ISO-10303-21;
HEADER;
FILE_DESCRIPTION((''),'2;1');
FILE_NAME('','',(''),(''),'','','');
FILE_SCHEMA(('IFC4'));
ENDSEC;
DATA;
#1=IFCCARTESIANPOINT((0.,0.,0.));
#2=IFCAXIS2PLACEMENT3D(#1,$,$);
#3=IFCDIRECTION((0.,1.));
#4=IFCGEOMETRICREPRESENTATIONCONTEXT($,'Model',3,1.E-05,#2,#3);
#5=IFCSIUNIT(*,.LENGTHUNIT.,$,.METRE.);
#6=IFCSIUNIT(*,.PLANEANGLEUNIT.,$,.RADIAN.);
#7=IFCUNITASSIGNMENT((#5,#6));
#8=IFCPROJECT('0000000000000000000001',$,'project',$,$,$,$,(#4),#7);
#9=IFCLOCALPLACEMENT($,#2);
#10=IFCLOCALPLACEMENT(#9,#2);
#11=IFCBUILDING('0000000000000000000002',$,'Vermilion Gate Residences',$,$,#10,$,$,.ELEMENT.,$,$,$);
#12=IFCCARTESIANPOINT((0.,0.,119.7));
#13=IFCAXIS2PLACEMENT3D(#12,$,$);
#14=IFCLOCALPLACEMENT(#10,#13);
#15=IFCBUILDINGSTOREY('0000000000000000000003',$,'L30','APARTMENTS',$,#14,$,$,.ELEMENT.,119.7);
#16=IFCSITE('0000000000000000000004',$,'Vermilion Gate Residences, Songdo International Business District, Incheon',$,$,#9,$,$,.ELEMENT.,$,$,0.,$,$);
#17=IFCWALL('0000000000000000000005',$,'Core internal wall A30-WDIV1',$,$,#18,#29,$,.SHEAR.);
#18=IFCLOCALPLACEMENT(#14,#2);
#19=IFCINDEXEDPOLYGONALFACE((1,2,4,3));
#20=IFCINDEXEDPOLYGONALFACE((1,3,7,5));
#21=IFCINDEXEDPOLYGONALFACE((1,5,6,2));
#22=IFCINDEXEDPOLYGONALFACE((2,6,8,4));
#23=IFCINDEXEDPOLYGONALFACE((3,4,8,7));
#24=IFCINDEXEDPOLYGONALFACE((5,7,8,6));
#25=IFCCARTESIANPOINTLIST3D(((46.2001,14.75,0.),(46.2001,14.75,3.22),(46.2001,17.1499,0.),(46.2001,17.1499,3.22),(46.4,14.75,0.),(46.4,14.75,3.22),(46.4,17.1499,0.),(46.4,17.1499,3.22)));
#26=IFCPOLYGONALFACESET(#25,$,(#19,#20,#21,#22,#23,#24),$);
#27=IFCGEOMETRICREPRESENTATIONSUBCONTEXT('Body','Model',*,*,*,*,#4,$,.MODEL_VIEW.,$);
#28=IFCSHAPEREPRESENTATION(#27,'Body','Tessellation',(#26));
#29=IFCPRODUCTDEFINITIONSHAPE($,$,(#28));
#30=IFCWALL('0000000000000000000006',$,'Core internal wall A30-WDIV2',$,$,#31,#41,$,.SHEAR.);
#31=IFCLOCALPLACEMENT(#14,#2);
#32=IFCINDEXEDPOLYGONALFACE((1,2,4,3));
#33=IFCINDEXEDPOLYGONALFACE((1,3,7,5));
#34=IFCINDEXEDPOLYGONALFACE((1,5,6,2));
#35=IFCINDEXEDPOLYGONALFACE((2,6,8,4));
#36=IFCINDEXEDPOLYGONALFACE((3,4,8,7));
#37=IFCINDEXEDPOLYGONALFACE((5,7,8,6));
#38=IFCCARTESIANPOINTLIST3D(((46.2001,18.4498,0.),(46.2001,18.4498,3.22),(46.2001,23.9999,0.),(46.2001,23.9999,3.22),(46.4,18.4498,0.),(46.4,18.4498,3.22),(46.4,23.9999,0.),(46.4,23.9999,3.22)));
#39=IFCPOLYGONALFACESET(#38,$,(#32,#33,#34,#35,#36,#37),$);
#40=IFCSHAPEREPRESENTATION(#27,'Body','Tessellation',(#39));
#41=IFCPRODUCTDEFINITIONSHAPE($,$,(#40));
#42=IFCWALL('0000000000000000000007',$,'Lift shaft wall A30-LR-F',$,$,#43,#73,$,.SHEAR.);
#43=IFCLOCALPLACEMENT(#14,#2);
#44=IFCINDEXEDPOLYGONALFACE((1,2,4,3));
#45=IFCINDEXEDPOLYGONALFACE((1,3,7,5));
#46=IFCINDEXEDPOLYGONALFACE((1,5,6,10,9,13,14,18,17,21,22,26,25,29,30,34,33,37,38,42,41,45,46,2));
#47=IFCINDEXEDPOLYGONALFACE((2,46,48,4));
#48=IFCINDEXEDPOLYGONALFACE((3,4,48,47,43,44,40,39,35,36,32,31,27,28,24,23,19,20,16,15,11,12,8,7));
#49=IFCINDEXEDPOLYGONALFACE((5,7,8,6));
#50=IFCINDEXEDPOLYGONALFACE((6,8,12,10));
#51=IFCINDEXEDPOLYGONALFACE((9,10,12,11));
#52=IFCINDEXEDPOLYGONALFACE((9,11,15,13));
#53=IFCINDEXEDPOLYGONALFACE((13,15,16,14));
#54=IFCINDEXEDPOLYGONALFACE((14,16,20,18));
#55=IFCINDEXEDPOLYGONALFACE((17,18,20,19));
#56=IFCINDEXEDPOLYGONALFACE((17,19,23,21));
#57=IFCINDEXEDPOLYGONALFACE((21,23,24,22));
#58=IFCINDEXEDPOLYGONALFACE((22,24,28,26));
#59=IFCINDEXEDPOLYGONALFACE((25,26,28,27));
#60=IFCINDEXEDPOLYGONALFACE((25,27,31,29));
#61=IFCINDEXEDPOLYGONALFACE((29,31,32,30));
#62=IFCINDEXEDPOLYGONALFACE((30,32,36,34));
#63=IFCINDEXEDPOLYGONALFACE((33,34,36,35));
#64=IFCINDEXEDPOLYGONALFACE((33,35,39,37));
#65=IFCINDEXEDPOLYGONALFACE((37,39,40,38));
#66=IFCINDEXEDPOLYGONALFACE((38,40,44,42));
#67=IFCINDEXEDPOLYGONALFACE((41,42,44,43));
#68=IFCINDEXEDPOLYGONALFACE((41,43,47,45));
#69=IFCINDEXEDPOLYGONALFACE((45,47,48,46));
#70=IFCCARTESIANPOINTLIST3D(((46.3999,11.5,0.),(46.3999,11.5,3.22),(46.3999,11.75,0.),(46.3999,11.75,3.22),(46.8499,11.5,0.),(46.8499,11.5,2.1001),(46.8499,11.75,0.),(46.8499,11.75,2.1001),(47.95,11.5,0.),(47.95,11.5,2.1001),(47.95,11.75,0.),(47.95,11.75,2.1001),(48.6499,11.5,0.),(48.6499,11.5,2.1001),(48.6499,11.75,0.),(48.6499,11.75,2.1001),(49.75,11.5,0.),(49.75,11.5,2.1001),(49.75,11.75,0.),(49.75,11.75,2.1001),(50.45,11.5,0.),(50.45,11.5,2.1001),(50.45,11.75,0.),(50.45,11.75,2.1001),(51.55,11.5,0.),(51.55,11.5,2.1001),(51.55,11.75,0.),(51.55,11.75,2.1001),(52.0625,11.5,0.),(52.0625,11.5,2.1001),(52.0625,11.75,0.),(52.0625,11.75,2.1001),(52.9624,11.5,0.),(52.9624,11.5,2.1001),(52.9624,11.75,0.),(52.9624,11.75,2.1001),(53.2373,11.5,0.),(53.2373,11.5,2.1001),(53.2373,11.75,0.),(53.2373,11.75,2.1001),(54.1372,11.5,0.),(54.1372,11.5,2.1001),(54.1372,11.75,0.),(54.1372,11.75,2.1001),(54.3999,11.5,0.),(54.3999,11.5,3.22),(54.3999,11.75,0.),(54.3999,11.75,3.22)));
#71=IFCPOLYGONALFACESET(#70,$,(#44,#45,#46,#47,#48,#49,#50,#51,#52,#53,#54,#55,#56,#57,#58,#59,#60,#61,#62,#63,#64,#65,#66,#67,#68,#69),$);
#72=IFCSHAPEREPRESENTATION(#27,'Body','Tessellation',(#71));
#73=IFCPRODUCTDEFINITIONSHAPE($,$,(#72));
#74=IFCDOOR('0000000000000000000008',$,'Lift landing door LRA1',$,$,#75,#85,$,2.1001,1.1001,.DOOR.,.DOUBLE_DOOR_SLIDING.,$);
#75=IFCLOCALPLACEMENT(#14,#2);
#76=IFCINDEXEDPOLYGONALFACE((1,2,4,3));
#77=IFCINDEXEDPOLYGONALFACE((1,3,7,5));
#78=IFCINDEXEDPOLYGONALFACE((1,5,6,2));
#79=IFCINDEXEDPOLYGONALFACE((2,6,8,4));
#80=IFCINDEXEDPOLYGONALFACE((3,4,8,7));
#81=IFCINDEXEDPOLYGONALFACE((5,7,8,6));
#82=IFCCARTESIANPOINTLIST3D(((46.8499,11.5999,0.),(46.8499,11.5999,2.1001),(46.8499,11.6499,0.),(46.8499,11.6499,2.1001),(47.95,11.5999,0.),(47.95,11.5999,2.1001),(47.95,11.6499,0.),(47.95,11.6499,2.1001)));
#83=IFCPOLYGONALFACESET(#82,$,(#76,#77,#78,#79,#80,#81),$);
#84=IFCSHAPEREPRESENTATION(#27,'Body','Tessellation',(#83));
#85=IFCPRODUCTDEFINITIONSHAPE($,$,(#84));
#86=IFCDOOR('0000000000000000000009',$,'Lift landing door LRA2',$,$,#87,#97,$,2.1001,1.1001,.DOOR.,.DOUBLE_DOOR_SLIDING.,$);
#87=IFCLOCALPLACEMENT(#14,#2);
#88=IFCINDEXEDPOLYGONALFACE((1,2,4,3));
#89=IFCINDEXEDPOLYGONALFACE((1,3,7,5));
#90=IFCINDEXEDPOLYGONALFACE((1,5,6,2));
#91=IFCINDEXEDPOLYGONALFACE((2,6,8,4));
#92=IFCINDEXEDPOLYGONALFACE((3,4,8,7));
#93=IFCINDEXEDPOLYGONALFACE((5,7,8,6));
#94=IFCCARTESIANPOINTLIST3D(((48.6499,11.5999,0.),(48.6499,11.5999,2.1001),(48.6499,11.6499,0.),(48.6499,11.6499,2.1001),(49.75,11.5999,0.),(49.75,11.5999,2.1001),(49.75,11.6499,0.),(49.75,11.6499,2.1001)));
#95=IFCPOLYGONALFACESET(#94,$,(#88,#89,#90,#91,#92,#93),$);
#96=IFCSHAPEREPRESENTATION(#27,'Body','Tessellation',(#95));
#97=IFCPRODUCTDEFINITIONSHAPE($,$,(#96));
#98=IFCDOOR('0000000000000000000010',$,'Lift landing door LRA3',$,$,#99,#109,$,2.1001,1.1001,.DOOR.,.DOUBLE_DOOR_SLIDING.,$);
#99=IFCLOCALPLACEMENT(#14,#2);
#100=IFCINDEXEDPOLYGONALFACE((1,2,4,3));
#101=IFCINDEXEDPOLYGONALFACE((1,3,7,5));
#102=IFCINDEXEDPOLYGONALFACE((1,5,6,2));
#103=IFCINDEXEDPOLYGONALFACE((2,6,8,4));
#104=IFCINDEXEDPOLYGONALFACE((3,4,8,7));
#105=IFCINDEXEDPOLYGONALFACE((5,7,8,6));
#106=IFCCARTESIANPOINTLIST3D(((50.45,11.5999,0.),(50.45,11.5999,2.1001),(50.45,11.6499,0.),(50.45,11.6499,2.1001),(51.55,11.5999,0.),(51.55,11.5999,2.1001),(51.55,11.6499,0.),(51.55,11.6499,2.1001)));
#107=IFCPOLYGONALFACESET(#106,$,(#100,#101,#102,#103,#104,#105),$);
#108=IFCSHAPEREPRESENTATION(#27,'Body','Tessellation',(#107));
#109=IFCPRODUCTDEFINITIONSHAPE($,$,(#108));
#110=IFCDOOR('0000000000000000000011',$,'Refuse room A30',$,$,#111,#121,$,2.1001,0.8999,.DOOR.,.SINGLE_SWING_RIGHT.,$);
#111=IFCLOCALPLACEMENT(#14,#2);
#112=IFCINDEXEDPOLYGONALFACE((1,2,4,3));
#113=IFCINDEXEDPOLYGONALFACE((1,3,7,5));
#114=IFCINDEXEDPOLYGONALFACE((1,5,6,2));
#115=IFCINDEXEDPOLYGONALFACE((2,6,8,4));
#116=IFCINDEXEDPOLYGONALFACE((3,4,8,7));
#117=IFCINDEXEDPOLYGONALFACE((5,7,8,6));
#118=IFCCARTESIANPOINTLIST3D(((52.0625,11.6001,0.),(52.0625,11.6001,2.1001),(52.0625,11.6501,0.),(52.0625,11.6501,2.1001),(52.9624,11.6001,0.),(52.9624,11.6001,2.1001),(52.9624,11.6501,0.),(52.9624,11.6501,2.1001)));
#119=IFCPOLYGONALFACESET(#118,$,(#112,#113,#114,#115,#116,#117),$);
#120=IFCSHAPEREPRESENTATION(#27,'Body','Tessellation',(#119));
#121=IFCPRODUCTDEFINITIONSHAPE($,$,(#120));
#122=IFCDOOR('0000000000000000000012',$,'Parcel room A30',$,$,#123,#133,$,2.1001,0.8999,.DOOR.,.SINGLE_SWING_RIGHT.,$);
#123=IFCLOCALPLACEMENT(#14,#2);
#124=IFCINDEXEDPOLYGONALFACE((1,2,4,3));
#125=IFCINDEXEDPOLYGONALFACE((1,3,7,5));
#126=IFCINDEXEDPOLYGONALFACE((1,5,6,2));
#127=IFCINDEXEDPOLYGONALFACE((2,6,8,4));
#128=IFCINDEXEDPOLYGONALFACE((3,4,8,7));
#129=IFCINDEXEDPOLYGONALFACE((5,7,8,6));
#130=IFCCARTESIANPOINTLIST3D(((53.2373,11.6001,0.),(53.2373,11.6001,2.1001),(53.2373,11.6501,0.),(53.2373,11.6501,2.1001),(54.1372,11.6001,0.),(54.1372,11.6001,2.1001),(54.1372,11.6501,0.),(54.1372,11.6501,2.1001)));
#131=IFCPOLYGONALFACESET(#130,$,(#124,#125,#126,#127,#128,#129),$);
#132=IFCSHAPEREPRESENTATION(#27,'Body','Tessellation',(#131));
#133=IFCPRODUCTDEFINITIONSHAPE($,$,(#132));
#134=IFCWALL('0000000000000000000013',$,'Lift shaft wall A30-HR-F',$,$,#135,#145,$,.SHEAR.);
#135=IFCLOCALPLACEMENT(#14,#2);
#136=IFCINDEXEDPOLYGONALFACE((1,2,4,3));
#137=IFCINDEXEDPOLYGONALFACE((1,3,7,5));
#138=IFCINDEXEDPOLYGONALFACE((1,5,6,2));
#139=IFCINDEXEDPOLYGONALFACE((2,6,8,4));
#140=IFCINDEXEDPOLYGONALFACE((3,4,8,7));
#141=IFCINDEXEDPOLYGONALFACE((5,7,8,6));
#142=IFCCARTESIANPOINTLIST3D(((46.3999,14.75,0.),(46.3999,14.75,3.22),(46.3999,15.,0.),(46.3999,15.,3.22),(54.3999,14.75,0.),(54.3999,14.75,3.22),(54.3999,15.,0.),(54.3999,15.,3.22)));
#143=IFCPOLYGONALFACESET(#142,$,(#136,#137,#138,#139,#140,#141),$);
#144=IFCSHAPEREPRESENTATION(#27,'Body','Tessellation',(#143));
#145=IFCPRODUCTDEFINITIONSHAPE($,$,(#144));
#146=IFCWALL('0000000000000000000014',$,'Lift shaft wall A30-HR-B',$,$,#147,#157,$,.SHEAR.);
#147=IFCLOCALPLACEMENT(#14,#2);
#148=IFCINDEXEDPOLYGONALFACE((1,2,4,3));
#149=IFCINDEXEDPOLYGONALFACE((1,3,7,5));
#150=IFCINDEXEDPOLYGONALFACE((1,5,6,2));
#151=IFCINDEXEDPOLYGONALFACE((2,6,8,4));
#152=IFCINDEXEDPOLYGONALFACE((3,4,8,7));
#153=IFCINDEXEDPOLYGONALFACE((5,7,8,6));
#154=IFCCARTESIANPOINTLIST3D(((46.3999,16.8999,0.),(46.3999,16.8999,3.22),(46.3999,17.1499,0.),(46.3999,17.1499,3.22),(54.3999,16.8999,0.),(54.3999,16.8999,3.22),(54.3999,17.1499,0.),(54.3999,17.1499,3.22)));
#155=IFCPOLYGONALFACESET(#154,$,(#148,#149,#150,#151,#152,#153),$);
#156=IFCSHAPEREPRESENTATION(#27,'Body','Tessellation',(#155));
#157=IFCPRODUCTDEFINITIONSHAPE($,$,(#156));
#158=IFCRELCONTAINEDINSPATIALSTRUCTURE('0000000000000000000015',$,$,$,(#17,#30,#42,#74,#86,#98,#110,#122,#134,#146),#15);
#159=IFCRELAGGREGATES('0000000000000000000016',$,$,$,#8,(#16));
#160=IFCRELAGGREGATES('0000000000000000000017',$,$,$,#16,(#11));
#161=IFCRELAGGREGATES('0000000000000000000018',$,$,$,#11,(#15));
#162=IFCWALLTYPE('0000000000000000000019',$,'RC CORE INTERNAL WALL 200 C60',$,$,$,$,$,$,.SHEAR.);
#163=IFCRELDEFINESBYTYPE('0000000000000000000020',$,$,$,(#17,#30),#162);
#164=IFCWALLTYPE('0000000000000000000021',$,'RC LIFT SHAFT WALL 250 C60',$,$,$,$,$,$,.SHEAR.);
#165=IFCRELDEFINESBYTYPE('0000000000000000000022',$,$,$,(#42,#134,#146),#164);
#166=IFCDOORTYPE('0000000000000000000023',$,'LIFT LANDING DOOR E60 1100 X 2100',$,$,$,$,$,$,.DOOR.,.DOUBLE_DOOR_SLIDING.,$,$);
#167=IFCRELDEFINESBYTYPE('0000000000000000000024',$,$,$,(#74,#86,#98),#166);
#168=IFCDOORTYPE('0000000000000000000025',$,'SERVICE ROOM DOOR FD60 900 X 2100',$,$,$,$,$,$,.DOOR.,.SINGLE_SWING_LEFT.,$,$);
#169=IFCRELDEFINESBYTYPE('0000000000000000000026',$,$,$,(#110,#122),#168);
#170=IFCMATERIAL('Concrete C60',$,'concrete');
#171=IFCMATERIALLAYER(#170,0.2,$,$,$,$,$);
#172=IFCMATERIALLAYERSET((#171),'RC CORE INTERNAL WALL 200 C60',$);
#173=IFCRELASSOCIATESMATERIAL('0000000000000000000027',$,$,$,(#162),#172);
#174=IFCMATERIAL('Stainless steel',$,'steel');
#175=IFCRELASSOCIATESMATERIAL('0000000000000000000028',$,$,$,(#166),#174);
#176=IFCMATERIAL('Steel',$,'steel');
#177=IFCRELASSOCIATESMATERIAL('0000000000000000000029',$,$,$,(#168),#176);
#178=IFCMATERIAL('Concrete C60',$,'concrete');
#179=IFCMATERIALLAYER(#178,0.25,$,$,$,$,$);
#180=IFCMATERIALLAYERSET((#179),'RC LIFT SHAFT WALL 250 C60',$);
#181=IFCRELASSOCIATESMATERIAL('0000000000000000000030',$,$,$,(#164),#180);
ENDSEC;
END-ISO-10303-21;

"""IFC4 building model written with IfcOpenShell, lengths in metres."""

from ifc_helpers import new_model, si_unit, direction, frame, frame_2d, origin, place, context, subcontext, project, spatial, rectangle, extrude, material, layer, layer_set, type_object, element, fill, save


model = new_model("IFC4")

# Units and contexts
model_context = context("Model", 3, precision=1e-05, world=origin(), true_north=direction((0.0, 1.0)))
body_context = subcontext(model_context, "Body", "Model", "MODEL_VIEW")
ifc_project = project(units=[si_unit("LENGTHUNIT", "METRE"), si_unit("PLANEANGLEUNIT", "RADIAN")], contexts=[model_context])

# Site, building, storey
site_placement = place(None, origin())
site = spatial("IfcSite", under=ifc_project, at=site_placement, Name="Vermilion Gate Residences, Songdo International Business District, Incheon", CompositionType="ELEMENT", RefElevation=0.0)
building_placement = place(site_placement, origin())
building = spatial("IfcBuilding", under=site, at=building_placement, Name="Vermilion Gate Residences", CompositionType="ELEMENT")
storey_placement = place(building_placement, frame((0.0, 0.0, 119.7)))
storey = spatial("IfcBuildingStorey", under=building, at=storey_placement, Name="L30", Description="APARTMENTS", CompositionType="ELEMENT", Elevation=119.7)

# Shared definitions
ifc_material_1 = material(Name="Concrete C60", Category="concrete")
ifc_layer_1 = layer(ifc_material_1, 0.2)
ifc_layer_set_1 = layer_set([ifc_layer_1], Name="RC CORE INTERNAL WALL 200 C60")
wall_type_1 = type_object("IfcWallType", Name="RC CORE INTERNAL WALL 200 C60", PredefinedType="SHEAR", material=ifc_layer_set_1)

# Shared definitions
ifc_material_2 = material(Name="Stainless steel", Category="steel")
door_type_1 = type_object("IfcDoorType", Name="LIFT LANDING DOOR E60 1100 X 2100", OperationType="DOUBLE_DOOR_SLIDING", PredefinedType="DOOR", material=ifc_material_2)
ifc_material_3 = material(Name="Steel", Category="steel")
door_type_2 = type_object("IfcDoorType", Name="SERVICE ROOM DOOR FD60 900 X 2100", OperationType="SINGLE_SWING_LEFT", PredefinedType="DOOR", material=ifc_material_3)

# Walls
wall_1_placement = place(storey_placement, frame((46.3, 14.75, 0.0), z_axis=(0.0, 0.0, 1.0), x_axis=(0.0, 1.0, 0.0)))
element("IfcWall", 1, at=wall_1_placement, inside=storey, type_object=wall_type_1, Name="Core internal wall A30-WDIV1", PredefinedType="SHEAR", context=body_context, shape_type="SweptSolid", body=[
    extrude(rectangle(XDim=2.3999, YDim=0.2, at=frame_2d((1.2, 0.0))), origin(), (0.0, 0.0, 1.0), 3.22),
])
wall_2_placement = place(storey_placement, frame((46.3, 18.45, 0.0), z_axis=(0.0, 0.0, 1.0), x_axis=(0.0, 1.0, 0.0)))
element("IfcWall", 2, at=wall_2_placement, inside=storey, type_object=wall_type_1, Name="Core internal wall A30-WDIV2", PredefinedType="SHEAR", context=body_context, shape_type="SweptSolid", body=[
    extrude(rectangle(XDim=5.55, YDim=0.2, at=frame_2d((2.7749, 0.0))), origin(), (0.0, 0.0, 1.0), 3.22),
])

# Wall, openings, doors
ifc_material_4 = material(Name="Concrete C60", Category="concrete")
ifc_layer_2 = layer(ifc_material_4, 0.25)
ifc_layer_set_2 = layer_set([ifc_layer_2], Name="RC LIFT SHAFT WALL 250 C60")
wall_type_2 = type_object("IfcWallType", Name="RC LIFT SHAFT WALL 250 C60", PredefinedType="SHEAR", material=ifc_layer_set_2)
wall_3_placement = place(storey_placement, frame((46.3999, 11.625, 0.0), z_axis=(0.0, 0.0, 1.0), x_axis=(1.0, 0.0, 0.0)))
wall_3 = element("IfcWall", 3, at=wall_3_placement, inside=storey, type_object=wall_type_2, Name="Lift shaft wall A30-LR-F", PredefinedType="SHEAR", context=body_context, shape_type="SweptSolid", body=[
    extrude(rectangle(XDim=8.0, YDim=0.25, at=frame_2d((4.0, 0.0))), origin(), (0.0, 0.0, 1.0), 3.22),
])
opening_1_placement = place(wall_3_placement, frame((0.45, 0.0, 0.0)))
opening_1 = element("IfcOpeningElement", 4, at=opening_1_placement, cuts=wall_3, PredefinedType="OPENING", context=body_context, shape_type="SweptSolid", body=[
    extrude(rectangle(XDim=1.1001, YDim=2.1001, at=frame_2d((0.55, 1.05))), frame((0.0, 0.135, 0.0), z_axis=(0.0, -1.0, 0.0), x_axis=(1.0, 0.0, 0.0)), (0.0, 0.0, 1.0), 0.27),
])
opening_2_placement = place(wall_3_placement, frame((2.25, 0.0, 0.0)))
opening_2 = element("IfcOpeningElement", 5, at=opening_2_placement, cuts=wall_3, PredefinedType="OPENING", context=body_context, shape_type="SweptSolid", body=[
    extrude(rectangle(XDim=1.1001, YDim=2.1001, at=frame_2d((0.55, 1.05))), frame((0.0, 0.135, 0.0), z_axis=(0.0, -1.0, 0.0), x_axis=(1.0, 0.0, 0.0)), (0.0, 0.0, 1.0), 0.27),
])
opening_3_placement = place(wall_3_placement, frame((4.05, 0.0, 0.0)))
opening_3 = element("IfcOpeningElement", 6, at=opening_3_placement, cuts=wall_3, PredefinedType="OPENING", context=body_context, shape_type="SweptSolid", body=[
    extrude(rectangle(XDim=1.1001, YDim=2.1001, at=frame_2d((0.55, 1.05))), frame((0.0, 0.135, 0.0), z_axis=(0.0, -1.0, 0.0), x_axis=(1.0, 0.0, 0.0)), (0.0, 0.0, 1.0), 0.27),
])
opening_4_placement = place(wall_3_placement, frame((5.6626, 0.0, 0.0)))
opening_4 = element("IfcOpeningElement", 7, at=opening_4_placement, cuts=wall_3, PredefinedType="OPENING", context=body_context, shape_type="SweptSolid", body=[
    extrude(rectangle(XDim=0.8999, YDim=2.1001, at=frame_2d((0.45, 1.05))), frame((0.0, 0.135, 0.0), z_axis=(0.0, -1.0, 0.0), x_axis=(1.0, 0.0, 0.0)), (0.0, 0.0, 1.0), 0.27),
])
opening_5_placement = place(wall_3_placement, frame((6.8374, 0.0, 0.0)))
opening_5 = element("IfcOpeningElement", 8, at=opening_5_placement, cuts=wall_3, PredefinedType="OPENING", context=body_context, shape_type="SweptSolid", body=[
    extrude(rectangle(XDim=0.8999, YDim=2.1001, at=frame_2d((0.45, 1.05))), frame((0.0, 0.135, 0.0), z_axis=(0.0, -1.0, 0.0), x_axis=(1.0, 0.0, 0.0)), (0.0, 0.0, 1.0), 0.27),
])
door_1_placement = place(opening_1_placement, origin())
door_1 = element("IfcDoor", 9, at=door_1_placement, inside=storey, type_object=door_type_1, Name="Lift landing door LRA1", OperationType="DOUBLE_DOOR_SLIDING", OverallHeight=2.1001, OverallWidth=1.1001, PredefinedType="DOOR", context=body_context, shape_type="SweptSolid", body=[
    extrude(rectangle(XDim=1.1001, YDim=2.1001, at=frame_2d((0.55, 1.05))), frame((0.0, 0.0249, 0.0), z_axis=(0.0, -1.0, 0.0), x_axis=(1.0, 0.0, 0.0)), (0.0, 0.0, 1.0), 0.05),
])
fill(opening_1, door_1)
door_2_placement = place(opening_2_placement, origin())
door_2 = element("IfcDoor", 10, at=door_2_placement, inside=storey, type_object=door_type_1, Name="Lift landing door LRA2", OperationType="DOUBLE_DOOR_SLIDING", OverallHeight=2.1001, OverallWidth=1.1001, PredefinedType="DOOR", context=body_context, shape_type="SweptSolid", body=[
    extrude(rectangle(XDim=1.1001, YDim=2.1001, at=frame_2d((0.55, 1.05))), frame((0.0, 0.0249, 0.0), z_axis=(0.0, -1.0, 0.0), x_axis=(1.0, 0.0, 0.0)), (0.0, 0.0, 1.0), 0.05),
])
fill(opening_2, door_2)
door_3_placement = place(opening_3_placement, origin())
door_3 = element("IfcDoor", 11, at=door_3_placement, inside=storey, type_object=door_type_1, Name="Lift landing door LRA3", OperationType="DOUBLE_DOOR_SLIDING", OverallHeight=2.1001, OverallWidth=1.1001, PredefinedType="DOOR", context=body_context, shape_type="SweptSolid", body=[
    extrude(rectangle(XDim=1.1001, YDim=2.1001, at=frame_2d((0.55, 1.05))), frame((0.0, 0.0249, 0.0), z_axis=(0.0, -1.0, 0.0), x_axis=(1.0, 0.0, 0.0)), (0.0, 0.0, 1.0), 0.05),
])
fill(opening_3, door_3)
door_4_placement = place(opening_4_placement, frame((0.8999, 0.0, 0.0), z_axis=(0.0, 0.0, 1.0), x_axis=(-1.0, 0.0, 0.0)))
door_4 = element("IfcDoor", 12, at=door_4_placement, inside=storey, type_object=door_type_2, Name="Refuse room A30", OperationType="SINGLE_SWING_RIGHT", OverallHeight=2.1001, OverallWidth=0.8999, PredefinedType="DOOR", context=body_context, shape_type="SweptSolid", body=[
    extrude(rectangle(XDim=0.8999, YDim=2.1001, at=frame_2d((0.45, 1.05))), frame((0.0, 0.0249, 0.0), z_axis=(0.0, -1.0, 0.0), x_axis=(1.0, 0.0, 0.0)), (0.0, 0.0, 1.0), 0.05),
])
fill(opening_4, door_4)
door_5_placement = place(opening_5_placement, frame((0.8999, 0.0, 0.0), z_axis=(0.0, 0.0, 1.0), x_axis=(-1.0, 0.0, 0.0)))
door_5 = element("IfcDoor", 13, at=door_5_placement, inside=storey, type_object=door_type_2, Name="Parcel room A30", OperationType="SINGLE_SWING_RIGHT", OverallHeight=2.1001, OverallWidth=0.8999, PredefinedType="DOOR", context=body_context, shape_type="SweptSolid", body=[
    extrude(rectangle(XDim=0.8999, YDim=2.1001, at=frame_2d((0.45, 1.05))), frame((0.0, 0.0249, 0.0), z_axis=(0.0, -1.0, 0.0), x_axis=(1.0, 0.0, 0.0)), (0.0, 0.0, 1.0), 0.05),
])
fill(opening_5, door_5)

# Walls
for number, where, z_axis, x_axis, name in (
    (14, (46.3999, 14.875, 0.0), (0.0, 0.0, 1.0), (1.0, 0.0, 0.0), "Lift shaft wall A30-HR-F"),
    (15, (46.3999, 17.0249, 0.0), (0.0, 0.0, 1.0), (1.0, 0.0, 0.0), "Lift shaft wall A30-HR-B"),
):
    element("IfcWall", number, at=place(storey_placement, frame(where, z_axis=z_axis, x_axis=x_axis)), inside=storey, type_object=wall_type_2, Name=name, PredefinedType="SHEAR", context=body_context, shape_type="SweptSolid", body=[
        extrude(rectangle(XDim=8.0, YDim=0.25, at=frame_2d((4.0, 0.0))), origin(), (0.0, 0.0, 1.0), 3.22),
    ])

save(model, "model.ifc")
